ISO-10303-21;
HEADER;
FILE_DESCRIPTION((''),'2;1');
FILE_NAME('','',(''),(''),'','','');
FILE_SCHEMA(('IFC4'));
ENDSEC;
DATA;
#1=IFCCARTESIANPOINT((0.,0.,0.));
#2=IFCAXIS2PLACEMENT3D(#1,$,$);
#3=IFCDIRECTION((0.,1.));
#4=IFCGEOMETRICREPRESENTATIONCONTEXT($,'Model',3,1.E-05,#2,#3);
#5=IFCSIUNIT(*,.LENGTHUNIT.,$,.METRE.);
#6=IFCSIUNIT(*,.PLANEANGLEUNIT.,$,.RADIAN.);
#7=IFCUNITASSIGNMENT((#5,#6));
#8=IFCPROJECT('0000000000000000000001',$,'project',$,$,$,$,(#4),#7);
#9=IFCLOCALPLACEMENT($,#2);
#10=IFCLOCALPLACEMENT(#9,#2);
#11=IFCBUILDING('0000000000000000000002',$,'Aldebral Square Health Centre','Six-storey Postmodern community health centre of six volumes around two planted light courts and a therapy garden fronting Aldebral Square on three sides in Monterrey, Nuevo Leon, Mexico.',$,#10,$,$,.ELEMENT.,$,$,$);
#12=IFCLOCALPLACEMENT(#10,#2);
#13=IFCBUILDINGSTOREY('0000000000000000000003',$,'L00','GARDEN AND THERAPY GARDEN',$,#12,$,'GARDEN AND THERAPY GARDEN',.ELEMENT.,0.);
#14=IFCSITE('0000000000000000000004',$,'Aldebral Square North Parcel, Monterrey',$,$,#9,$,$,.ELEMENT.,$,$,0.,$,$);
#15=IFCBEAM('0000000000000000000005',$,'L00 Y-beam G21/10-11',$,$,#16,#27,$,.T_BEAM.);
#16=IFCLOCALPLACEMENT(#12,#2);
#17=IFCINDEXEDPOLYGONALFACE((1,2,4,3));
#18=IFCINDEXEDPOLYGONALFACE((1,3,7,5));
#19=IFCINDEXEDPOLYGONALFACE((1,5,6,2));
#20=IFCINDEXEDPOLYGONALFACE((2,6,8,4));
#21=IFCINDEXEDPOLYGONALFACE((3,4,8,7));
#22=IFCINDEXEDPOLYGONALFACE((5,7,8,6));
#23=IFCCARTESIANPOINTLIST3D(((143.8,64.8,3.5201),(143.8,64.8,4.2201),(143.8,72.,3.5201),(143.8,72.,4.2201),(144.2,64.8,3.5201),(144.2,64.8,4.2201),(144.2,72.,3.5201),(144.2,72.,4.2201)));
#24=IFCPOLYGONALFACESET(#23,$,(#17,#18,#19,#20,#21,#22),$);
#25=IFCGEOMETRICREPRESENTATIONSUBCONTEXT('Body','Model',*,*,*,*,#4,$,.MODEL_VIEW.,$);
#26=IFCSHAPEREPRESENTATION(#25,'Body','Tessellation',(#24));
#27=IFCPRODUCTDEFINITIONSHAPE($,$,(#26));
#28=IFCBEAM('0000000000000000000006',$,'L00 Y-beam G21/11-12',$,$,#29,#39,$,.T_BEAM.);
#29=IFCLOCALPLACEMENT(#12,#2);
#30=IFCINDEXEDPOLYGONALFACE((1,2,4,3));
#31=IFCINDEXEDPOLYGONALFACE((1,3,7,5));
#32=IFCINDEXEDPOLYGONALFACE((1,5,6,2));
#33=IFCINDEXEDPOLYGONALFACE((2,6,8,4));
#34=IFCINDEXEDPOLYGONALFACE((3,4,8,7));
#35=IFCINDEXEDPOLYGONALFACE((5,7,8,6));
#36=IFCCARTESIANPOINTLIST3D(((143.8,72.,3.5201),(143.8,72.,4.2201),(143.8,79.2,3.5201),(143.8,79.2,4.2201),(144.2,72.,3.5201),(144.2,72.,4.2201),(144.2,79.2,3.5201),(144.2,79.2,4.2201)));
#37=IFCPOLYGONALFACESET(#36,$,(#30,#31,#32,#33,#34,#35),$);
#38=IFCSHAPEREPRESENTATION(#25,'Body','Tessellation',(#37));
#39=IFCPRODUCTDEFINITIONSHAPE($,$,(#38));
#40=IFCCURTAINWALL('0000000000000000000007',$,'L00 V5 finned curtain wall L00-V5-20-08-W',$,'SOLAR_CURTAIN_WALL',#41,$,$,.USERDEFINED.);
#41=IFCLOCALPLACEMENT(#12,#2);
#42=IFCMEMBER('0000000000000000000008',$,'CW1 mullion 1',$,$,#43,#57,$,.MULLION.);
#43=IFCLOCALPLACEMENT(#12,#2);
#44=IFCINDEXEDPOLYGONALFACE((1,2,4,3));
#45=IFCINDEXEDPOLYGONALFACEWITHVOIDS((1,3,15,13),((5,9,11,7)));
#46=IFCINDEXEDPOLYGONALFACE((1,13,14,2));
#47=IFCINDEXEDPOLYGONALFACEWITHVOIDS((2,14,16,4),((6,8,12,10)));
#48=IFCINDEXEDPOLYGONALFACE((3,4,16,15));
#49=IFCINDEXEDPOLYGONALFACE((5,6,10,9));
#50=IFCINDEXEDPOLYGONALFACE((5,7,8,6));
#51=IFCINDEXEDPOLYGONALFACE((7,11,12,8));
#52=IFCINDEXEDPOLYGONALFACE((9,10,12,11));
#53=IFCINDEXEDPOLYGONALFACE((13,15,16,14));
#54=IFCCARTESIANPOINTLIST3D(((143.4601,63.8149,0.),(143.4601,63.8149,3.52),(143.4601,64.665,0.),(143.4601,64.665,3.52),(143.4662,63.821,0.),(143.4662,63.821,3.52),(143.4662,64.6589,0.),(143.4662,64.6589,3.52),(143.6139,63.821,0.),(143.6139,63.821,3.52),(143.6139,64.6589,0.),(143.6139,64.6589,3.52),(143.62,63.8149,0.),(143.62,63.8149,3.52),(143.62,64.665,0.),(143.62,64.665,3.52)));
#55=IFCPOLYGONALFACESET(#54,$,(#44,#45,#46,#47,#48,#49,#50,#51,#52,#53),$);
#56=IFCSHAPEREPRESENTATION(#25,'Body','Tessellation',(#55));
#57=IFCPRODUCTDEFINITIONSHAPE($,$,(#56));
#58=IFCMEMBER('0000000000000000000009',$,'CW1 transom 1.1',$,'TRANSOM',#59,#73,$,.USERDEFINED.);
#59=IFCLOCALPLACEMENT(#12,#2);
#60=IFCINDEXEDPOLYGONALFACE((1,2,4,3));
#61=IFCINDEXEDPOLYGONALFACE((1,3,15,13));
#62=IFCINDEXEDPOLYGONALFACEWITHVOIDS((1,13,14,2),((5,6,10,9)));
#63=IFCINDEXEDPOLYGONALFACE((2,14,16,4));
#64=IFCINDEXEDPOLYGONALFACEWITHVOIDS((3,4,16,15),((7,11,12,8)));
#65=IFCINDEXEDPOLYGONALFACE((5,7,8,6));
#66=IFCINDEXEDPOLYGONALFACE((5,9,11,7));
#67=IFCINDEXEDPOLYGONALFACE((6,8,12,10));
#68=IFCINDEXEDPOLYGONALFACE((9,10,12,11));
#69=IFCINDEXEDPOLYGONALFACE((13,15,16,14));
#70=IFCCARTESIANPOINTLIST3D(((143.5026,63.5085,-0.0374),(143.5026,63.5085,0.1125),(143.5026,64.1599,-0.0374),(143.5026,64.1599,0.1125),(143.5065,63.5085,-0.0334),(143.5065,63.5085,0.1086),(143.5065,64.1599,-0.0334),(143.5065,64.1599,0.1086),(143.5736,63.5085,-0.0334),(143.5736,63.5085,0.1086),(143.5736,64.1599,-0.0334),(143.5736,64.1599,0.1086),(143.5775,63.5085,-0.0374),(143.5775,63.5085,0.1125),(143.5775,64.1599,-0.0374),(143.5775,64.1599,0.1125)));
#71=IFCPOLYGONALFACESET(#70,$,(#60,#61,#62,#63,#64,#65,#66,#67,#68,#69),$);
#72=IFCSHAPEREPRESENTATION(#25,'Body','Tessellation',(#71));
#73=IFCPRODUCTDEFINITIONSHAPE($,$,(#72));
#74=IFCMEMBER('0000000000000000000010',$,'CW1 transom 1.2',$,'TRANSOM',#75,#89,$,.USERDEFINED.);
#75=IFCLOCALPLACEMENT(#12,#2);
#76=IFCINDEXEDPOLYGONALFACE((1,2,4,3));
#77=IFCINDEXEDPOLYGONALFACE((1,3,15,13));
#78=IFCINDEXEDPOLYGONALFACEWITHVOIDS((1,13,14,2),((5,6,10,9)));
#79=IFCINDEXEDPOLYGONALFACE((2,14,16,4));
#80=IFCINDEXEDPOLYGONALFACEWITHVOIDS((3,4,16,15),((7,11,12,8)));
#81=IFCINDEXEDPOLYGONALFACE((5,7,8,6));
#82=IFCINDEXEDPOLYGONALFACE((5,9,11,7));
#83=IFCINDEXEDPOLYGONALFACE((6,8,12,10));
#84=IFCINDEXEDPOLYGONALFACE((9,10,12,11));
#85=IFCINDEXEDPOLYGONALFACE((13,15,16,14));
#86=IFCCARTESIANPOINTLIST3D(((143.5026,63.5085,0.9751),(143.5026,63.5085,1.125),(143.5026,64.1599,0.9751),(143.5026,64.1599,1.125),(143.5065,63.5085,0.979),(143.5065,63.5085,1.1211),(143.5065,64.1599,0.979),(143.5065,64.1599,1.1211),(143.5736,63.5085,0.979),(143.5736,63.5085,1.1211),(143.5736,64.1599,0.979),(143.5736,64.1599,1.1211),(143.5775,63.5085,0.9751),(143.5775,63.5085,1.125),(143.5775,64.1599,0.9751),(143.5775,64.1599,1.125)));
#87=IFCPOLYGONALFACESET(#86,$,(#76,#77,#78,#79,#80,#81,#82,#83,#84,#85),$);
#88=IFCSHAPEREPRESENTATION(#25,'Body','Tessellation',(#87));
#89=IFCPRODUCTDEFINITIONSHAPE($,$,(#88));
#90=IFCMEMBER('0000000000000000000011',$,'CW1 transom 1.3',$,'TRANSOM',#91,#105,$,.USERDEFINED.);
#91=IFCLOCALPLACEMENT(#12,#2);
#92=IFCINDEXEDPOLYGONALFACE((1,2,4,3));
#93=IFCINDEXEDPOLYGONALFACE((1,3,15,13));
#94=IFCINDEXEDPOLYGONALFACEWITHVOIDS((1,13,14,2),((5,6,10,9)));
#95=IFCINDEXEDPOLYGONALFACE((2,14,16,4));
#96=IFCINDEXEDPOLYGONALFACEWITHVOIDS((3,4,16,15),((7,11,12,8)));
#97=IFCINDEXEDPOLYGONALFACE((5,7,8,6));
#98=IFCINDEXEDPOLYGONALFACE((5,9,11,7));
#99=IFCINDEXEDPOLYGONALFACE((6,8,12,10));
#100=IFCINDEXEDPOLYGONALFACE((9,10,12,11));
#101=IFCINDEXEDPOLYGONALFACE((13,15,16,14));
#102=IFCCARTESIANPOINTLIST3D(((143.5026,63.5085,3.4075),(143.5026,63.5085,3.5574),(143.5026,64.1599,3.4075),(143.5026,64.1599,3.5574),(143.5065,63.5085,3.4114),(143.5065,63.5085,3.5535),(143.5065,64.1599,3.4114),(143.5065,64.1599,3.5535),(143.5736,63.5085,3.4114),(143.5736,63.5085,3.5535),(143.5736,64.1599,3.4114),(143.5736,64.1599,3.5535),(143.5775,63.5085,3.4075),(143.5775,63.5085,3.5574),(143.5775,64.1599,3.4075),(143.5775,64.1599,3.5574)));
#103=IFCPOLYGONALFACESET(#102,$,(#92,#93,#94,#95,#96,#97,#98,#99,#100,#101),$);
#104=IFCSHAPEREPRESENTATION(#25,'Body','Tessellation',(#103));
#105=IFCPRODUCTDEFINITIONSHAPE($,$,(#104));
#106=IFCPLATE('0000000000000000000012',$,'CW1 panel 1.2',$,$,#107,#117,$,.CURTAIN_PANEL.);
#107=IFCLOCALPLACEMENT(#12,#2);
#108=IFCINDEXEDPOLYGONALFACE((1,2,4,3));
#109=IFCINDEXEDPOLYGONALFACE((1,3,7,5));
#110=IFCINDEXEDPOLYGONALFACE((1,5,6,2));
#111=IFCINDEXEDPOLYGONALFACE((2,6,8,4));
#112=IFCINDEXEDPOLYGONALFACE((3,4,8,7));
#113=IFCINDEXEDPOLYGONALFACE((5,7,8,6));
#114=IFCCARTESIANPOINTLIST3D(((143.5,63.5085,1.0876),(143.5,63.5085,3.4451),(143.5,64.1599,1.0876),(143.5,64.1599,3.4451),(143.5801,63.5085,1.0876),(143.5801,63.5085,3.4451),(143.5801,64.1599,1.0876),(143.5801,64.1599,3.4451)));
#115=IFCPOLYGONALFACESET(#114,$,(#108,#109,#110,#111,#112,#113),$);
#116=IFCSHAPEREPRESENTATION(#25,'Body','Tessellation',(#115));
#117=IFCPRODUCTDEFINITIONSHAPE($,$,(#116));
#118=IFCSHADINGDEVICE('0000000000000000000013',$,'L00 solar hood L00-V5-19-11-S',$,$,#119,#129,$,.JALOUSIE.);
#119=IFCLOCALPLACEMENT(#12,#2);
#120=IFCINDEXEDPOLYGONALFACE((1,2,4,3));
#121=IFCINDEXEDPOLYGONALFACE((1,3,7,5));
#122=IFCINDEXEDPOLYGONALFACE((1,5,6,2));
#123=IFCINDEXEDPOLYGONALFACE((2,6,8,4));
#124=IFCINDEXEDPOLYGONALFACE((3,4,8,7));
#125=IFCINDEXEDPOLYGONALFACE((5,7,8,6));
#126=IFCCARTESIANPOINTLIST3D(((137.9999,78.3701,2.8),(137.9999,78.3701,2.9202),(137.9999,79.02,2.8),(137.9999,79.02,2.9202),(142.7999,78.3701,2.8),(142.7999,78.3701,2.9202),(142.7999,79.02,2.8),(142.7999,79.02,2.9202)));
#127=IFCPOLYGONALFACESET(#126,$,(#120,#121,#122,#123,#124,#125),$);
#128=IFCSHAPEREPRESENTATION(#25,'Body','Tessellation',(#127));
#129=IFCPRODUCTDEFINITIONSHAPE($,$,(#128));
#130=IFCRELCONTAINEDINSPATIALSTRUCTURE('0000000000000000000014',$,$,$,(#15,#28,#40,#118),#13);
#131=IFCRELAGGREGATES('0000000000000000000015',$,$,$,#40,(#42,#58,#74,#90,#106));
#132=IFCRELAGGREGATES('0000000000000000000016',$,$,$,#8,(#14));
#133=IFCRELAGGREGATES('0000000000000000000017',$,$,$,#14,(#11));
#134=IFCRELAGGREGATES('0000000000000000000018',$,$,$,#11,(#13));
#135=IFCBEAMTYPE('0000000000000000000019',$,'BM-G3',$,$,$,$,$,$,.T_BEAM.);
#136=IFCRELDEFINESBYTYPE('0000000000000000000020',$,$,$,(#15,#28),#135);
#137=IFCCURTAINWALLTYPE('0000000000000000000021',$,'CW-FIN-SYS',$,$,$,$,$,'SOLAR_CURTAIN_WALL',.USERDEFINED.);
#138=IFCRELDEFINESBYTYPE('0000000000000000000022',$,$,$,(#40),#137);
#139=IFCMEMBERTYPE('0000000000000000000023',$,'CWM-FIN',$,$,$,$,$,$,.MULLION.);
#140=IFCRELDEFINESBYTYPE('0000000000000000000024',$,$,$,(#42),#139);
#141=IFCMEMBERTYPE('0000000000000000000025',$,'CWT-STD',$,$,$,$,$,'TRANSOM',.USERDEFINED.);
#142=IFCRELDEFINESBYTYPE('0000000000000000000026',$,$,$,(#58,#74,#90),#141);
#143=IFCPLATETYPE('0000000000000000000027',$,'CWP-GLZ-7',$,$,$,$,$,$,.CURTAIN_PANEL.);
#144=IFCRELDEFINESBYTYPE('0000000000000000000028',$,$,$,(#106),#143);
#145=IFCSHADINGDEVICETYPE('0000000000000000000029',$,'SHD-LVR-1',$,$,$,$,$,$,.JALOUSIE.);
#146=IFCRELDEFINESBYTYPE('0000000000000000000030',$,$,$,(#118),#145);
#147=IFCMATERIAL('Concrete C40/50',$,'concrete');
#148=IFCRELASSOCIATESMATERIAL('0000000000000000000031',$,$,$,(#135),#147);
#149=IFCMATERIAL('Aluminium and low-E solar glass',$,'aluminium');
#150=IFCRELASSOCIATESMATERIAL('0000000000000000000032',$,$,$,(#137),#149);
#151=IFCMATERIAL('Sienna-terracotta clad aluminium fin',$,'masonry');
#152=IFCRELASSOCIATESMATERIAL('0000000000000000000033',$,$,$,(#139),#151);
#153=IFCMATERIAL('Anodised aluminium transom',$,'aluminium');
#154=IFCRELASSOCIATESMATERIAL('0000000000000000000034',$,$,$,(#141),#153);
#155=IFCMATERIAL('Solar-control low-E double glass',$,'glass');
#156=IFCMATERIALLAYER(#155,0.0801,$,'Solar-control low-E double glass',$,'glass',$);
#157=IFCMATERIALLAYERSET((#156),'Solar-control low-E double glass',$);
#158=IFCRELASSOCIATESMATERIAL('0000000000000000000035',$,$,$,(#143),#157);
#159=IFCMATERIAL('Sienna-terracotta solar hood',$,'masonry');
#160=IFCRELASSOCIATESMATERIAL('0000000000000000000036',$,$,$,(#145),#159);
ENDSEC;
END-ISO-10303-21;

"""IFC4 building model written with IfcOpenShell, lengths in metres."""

from ifc_helpers import new_model, si_unit, direction, frame, origin, origin_2d, place, context, subcontext, project, spatial, rectangle, hollow_rectangle, extrude, material, layer, layer_set, material_profile, profile_set, type_object, element, aggregate, save


model = new_model("IFC4")

# Units and contexts
model_context = context("Model", 3, precision=1e-05, world=origin(), true_north=direction((0.0, 1.0)))
body_context = subcontext(model_context, "Body", "Model", "MODEL_VIEW")
ifc_project = project(units=[si_unit("LENGTHUNIT", "METRE"), si_unit("PLANEANGLEUNIT", "RADIAN")], contexts=[model_context])

# Site, building, storey
site_placement = place(None, origin())
site = spatial("IfcSite", under=ifc_project, at=site_placement, Name="Aldebral Square North Parcel, Monterrey", CompositionType="ELEMENT", RefElevation=0.0)
building_placement = place(site_placement, origin())
building = spatial("IfcBuilding", under=site, at=building_placement, Name="Aldebral Square Health Centre", Description="Six-storey Postmodern community health centre of six volumes around two planted light courts and a therapy garden fronting Aldebral Square on three sides in Monterrey, Nuevo Leon, Mexico.", CompositionType="ELEMENT")
storey_placement = place(building_placement, origin())
storey = spatial("IfcBuildingStorey", under=building, at=storey_placement, Name="L00", Description="GARDEN AND THERAPY GARDEN", LongName="GARDEN AND THERAPY GARDEN", CompositionType="ELEMENT", Elevation=0.0)

# Shared definitions
ifc_material_1 = material(Name="Concrete C40/50", Category="concrete")

# Beams
ifc_material_profile_1 = material_profile(ifc_material_1, rectangle(XDim=0.3999, YDim=0.7, at=origin_2d()), Name="RC 400x700")
ifc_profile_set_1 = profile_set([ifc_material_profile_1], Name="Concrete C40/50")
beam_type_1 = type_object("IfcBeamType", Name="BM-G3", PredefinedType="T_BEAM", material=ifc_profile_set_1)
for number, where, z_axis, x_axis, name in (
    (1, (144.0, 64.8, 3.8701), (0.0, 1.0, 0.0), (-1.0, 0.0, 0.0), "L00 Y-beam G21/10-11"),
    (2, (144.0, 72.0, 3.8701), (0.0, 1.0, 0.0), (-1.0, 0.0, 0.0), "L00 Y-beam G21/11-12"),
):
    element("IfcBeam", number, at=place(storey_placement, frame(where, z_axis=z_axis, x_axis=x_axis)), inside=storey, type_object=beam_type_1, Name=name, PredefinedType="T_BEAM", context=body_context, shape_type="SweptSolid", body=[
        extrude(rectangle(XDim=0.3999, YDim=0.7, at=origin_2d()), origin(), (0.0, 0.0, 1.0), 7.2),
    ])

# Curtain wall, members, plate
ifc_material_2 = material(Name="Aluminium and low-E solar glass", Category="aluminium")
curtain_wall_type = type_object("IfcCurtainWallType", Name="CW-FIN-SYS", ElementType="SOLAR_CURTAIN_WALL", PredefinedType="USERDEFINED", material=ifc_material_2)
curtain_wall_placement = place(storey_placement, origin())
curtain_wall = element("IfcCurtainWall", 3, at=curtain_wall_placement, inside=storey, type_object=curtain_wall_type, Name="L00 V5 finned curtain wall L00-V5-20-08-W", ObjectType="SOLAR_CURTAIN_WALL", PredefinedType="USERDEFINED")
ifc_material_3 = material(Name="Sienna-terracotta clad aluminium fin", Category="masonry")
ifc_material_profile_2 = material_profile(ifc_material_3, hollow_rectangle(XDim=0.1599, YDim=0.8501, WallThickness=0.0061, at=origin_2d()), Name="FIN 160x850x6")
ifc_profile_set_2 = profile_set([ifc_material_profile_2], Name="Sienna-terracotta clad aluminium fin")
member_type_1 = type_object("IfcMemberType", Name="CWM-FIN", PredefinedType="MULLION", material=ifc_profile_set_2)
member_1_placement = place(storey_placement, frame((143.54, 64.24, 0.0), z_axis=(0.0, 0.0, 1.0), x_axis=(1.0, 0.0, 0.0)))
member_1 = element("IfcMember", 4, at=member_1_placement, type_object=member_type_1, Name="CW1 mullion 1", PredefinedType="MULLION", context=body_context, shape_type="SweptSolid", body=[
    extrude(hollow_rectangle(XDim=0.1599, YDim=0.8501, WallThickness=0.0061, at=origin_2d()), origin(), (0.0, 0.0, 1.0), 3.52),
])
ifc_material_4 = material(Name="Anodised aluminium transom", Category="aluminium")
ifc_material_profile_3 = material_profile(ifc_material_4, hollow_rectangle(XDim=0.075, YDim=0.1499, WallThickness=0.0039, at=origin_2d()), Name="CWT 75x150x4")
ifc_profile_set_3 = profile_set([ifc_material_profile_3], Name="Anodised aluminium transom")
member_type_2 = type_object("IfcMemberType", Name="CWT-STD", ElementType="TRANSOM", PredefinedType="USERDEFINED", material=ifc_profile_set_3)
member_2_placement = place(storey_placement, frame((143.54, 64.1599, 0.0376), z_axis=(0.0, -1.0, 0.0), x_axis=(1.0, 0.0, 0.0)))
member_2 = element("IfcMember", 5, at=member_2_placement, type_object=member_type_2, Name="CW1 transom 1.1", ObjectType="TRANSOM", PredefinedType="USERDEFINED", context=body_context, shape_type="SweptSolid", body=[
    extrude(hollow_rectangle(XDim=0.075, YDim=0.1499, WallThickness=0.0039, at=origin_2d()), origin(), (0.0, 0.0, 1.0), 0.6514),
])
member_3_placement = place(storey_placement, frame((143.54, 64.1599, 1.05), z_axis=(0.0, -1.0, 0.0), x_axis=(1.0, 0.0, 0.0)))
member_3 = element("IfcMember", 6, at=member_3_placement, type_object=member_type_2, Name="CW1 transom 1.2", ObjectType="TRANSOM", PredefinedType="USERDEFINED", context=body_context, shape_type="SweptSolid", body=[
    extrude(hollow_rectangle(XDim=0.075, YDim=0.1499, WallThickness=0.0039, at=origin_2d()), origin(), (0.0, 0.0, 1.0), 0.6514),
])
member_4_placement = place(storey_placement, frame((143.54, 64.1599, 3.4824), z_axis=(0.0, -1.0, 0.0), x_axis=(1.0, 0.0, 0.0)))
member_4 = element("IfcMember", 7, at=member_4_placement, type_object=member_type_2, Name="CW1 transom 1.3", ObjectType="TRANSOM", PredefinedType="USERDEFINED", context=body_context, shape_type="SweptSolid", body=[
    extrude(hollow_rectangle(XDim=0.075, YDim=0.1499, WallThickness=0.0039, at=origin_2d()), origin(), (0.0, 0.0, 1.0), 0.6514),
])
ifc_material_5 = material(Name="Solar-control low-E double glass", Category="glass")
ifc_layer_1 = layer(ifc_material_5, 0.0801, Name="Solar-control low-E double glass", Category="glass")
ifc_layer_set_1 = layer_set([ifc_layer_1], Name="Solar-control low-E double glass")
plate_type = type_object("IfcPlateType", Name="CWP-GLZ-7", PredefinedType="CURTAIN_PANEL", material=ifc_layer_set_1)
plate_placement = place(storey_placement, frame((143.54, 63.8342, 1.0876), z_axis=(0.0, 0.0, 1.0), x_axis=(0.0, -1.0, 0.0)))
plate = element("IfcPlate", 8, at=plate_placement, type_object=plate_type, Name="CW1 panel 1.2", PredefinedType="CURTAIN_PANEL", context=body_context, shape_type="SweptSolid", body=[
    extrude(rectangle(XDim=0.6514, YDim=0.0801, at=origin_2d()), origin(), (0.0, 0.0, 1.0), 2.3574),
])
aggregate(curtain_wall, [member_1, member_2, member_3, member_4, plate])

# Shading device
ifc_material_6 = material(Name="Sienna-terracotta solar hood", Category="masonry")
shading_device_type = type_object("IfcShadingDeviceType", Name="SHD-LVR-1", PredefinedType="JALOUSIE", material=ifc_material_6)
shading_device_placement = place(storey_placement, frame((140.3999, 78.6951, 2.8), z_axis=(0.0, 0.0, 1.0), x_axis=(1.0, 0.0, 0.0)))
element("IfcShadingDevice", 9, at=shading_device_placement, inside=storey, type_object=shading_device_type, Name="L00 solar hood L00-V5-19-11-S", PredefinedType="JALOUSIE", context=body_context, shape_type="SweptSolid", body=[
    extrude(rectangle(XDim=4.8, YDim=0.6499, at=origin_2d()), origin(), (0.0, 0.0, 1.0), 0.1201),
])

save(model, "model.ifc")
